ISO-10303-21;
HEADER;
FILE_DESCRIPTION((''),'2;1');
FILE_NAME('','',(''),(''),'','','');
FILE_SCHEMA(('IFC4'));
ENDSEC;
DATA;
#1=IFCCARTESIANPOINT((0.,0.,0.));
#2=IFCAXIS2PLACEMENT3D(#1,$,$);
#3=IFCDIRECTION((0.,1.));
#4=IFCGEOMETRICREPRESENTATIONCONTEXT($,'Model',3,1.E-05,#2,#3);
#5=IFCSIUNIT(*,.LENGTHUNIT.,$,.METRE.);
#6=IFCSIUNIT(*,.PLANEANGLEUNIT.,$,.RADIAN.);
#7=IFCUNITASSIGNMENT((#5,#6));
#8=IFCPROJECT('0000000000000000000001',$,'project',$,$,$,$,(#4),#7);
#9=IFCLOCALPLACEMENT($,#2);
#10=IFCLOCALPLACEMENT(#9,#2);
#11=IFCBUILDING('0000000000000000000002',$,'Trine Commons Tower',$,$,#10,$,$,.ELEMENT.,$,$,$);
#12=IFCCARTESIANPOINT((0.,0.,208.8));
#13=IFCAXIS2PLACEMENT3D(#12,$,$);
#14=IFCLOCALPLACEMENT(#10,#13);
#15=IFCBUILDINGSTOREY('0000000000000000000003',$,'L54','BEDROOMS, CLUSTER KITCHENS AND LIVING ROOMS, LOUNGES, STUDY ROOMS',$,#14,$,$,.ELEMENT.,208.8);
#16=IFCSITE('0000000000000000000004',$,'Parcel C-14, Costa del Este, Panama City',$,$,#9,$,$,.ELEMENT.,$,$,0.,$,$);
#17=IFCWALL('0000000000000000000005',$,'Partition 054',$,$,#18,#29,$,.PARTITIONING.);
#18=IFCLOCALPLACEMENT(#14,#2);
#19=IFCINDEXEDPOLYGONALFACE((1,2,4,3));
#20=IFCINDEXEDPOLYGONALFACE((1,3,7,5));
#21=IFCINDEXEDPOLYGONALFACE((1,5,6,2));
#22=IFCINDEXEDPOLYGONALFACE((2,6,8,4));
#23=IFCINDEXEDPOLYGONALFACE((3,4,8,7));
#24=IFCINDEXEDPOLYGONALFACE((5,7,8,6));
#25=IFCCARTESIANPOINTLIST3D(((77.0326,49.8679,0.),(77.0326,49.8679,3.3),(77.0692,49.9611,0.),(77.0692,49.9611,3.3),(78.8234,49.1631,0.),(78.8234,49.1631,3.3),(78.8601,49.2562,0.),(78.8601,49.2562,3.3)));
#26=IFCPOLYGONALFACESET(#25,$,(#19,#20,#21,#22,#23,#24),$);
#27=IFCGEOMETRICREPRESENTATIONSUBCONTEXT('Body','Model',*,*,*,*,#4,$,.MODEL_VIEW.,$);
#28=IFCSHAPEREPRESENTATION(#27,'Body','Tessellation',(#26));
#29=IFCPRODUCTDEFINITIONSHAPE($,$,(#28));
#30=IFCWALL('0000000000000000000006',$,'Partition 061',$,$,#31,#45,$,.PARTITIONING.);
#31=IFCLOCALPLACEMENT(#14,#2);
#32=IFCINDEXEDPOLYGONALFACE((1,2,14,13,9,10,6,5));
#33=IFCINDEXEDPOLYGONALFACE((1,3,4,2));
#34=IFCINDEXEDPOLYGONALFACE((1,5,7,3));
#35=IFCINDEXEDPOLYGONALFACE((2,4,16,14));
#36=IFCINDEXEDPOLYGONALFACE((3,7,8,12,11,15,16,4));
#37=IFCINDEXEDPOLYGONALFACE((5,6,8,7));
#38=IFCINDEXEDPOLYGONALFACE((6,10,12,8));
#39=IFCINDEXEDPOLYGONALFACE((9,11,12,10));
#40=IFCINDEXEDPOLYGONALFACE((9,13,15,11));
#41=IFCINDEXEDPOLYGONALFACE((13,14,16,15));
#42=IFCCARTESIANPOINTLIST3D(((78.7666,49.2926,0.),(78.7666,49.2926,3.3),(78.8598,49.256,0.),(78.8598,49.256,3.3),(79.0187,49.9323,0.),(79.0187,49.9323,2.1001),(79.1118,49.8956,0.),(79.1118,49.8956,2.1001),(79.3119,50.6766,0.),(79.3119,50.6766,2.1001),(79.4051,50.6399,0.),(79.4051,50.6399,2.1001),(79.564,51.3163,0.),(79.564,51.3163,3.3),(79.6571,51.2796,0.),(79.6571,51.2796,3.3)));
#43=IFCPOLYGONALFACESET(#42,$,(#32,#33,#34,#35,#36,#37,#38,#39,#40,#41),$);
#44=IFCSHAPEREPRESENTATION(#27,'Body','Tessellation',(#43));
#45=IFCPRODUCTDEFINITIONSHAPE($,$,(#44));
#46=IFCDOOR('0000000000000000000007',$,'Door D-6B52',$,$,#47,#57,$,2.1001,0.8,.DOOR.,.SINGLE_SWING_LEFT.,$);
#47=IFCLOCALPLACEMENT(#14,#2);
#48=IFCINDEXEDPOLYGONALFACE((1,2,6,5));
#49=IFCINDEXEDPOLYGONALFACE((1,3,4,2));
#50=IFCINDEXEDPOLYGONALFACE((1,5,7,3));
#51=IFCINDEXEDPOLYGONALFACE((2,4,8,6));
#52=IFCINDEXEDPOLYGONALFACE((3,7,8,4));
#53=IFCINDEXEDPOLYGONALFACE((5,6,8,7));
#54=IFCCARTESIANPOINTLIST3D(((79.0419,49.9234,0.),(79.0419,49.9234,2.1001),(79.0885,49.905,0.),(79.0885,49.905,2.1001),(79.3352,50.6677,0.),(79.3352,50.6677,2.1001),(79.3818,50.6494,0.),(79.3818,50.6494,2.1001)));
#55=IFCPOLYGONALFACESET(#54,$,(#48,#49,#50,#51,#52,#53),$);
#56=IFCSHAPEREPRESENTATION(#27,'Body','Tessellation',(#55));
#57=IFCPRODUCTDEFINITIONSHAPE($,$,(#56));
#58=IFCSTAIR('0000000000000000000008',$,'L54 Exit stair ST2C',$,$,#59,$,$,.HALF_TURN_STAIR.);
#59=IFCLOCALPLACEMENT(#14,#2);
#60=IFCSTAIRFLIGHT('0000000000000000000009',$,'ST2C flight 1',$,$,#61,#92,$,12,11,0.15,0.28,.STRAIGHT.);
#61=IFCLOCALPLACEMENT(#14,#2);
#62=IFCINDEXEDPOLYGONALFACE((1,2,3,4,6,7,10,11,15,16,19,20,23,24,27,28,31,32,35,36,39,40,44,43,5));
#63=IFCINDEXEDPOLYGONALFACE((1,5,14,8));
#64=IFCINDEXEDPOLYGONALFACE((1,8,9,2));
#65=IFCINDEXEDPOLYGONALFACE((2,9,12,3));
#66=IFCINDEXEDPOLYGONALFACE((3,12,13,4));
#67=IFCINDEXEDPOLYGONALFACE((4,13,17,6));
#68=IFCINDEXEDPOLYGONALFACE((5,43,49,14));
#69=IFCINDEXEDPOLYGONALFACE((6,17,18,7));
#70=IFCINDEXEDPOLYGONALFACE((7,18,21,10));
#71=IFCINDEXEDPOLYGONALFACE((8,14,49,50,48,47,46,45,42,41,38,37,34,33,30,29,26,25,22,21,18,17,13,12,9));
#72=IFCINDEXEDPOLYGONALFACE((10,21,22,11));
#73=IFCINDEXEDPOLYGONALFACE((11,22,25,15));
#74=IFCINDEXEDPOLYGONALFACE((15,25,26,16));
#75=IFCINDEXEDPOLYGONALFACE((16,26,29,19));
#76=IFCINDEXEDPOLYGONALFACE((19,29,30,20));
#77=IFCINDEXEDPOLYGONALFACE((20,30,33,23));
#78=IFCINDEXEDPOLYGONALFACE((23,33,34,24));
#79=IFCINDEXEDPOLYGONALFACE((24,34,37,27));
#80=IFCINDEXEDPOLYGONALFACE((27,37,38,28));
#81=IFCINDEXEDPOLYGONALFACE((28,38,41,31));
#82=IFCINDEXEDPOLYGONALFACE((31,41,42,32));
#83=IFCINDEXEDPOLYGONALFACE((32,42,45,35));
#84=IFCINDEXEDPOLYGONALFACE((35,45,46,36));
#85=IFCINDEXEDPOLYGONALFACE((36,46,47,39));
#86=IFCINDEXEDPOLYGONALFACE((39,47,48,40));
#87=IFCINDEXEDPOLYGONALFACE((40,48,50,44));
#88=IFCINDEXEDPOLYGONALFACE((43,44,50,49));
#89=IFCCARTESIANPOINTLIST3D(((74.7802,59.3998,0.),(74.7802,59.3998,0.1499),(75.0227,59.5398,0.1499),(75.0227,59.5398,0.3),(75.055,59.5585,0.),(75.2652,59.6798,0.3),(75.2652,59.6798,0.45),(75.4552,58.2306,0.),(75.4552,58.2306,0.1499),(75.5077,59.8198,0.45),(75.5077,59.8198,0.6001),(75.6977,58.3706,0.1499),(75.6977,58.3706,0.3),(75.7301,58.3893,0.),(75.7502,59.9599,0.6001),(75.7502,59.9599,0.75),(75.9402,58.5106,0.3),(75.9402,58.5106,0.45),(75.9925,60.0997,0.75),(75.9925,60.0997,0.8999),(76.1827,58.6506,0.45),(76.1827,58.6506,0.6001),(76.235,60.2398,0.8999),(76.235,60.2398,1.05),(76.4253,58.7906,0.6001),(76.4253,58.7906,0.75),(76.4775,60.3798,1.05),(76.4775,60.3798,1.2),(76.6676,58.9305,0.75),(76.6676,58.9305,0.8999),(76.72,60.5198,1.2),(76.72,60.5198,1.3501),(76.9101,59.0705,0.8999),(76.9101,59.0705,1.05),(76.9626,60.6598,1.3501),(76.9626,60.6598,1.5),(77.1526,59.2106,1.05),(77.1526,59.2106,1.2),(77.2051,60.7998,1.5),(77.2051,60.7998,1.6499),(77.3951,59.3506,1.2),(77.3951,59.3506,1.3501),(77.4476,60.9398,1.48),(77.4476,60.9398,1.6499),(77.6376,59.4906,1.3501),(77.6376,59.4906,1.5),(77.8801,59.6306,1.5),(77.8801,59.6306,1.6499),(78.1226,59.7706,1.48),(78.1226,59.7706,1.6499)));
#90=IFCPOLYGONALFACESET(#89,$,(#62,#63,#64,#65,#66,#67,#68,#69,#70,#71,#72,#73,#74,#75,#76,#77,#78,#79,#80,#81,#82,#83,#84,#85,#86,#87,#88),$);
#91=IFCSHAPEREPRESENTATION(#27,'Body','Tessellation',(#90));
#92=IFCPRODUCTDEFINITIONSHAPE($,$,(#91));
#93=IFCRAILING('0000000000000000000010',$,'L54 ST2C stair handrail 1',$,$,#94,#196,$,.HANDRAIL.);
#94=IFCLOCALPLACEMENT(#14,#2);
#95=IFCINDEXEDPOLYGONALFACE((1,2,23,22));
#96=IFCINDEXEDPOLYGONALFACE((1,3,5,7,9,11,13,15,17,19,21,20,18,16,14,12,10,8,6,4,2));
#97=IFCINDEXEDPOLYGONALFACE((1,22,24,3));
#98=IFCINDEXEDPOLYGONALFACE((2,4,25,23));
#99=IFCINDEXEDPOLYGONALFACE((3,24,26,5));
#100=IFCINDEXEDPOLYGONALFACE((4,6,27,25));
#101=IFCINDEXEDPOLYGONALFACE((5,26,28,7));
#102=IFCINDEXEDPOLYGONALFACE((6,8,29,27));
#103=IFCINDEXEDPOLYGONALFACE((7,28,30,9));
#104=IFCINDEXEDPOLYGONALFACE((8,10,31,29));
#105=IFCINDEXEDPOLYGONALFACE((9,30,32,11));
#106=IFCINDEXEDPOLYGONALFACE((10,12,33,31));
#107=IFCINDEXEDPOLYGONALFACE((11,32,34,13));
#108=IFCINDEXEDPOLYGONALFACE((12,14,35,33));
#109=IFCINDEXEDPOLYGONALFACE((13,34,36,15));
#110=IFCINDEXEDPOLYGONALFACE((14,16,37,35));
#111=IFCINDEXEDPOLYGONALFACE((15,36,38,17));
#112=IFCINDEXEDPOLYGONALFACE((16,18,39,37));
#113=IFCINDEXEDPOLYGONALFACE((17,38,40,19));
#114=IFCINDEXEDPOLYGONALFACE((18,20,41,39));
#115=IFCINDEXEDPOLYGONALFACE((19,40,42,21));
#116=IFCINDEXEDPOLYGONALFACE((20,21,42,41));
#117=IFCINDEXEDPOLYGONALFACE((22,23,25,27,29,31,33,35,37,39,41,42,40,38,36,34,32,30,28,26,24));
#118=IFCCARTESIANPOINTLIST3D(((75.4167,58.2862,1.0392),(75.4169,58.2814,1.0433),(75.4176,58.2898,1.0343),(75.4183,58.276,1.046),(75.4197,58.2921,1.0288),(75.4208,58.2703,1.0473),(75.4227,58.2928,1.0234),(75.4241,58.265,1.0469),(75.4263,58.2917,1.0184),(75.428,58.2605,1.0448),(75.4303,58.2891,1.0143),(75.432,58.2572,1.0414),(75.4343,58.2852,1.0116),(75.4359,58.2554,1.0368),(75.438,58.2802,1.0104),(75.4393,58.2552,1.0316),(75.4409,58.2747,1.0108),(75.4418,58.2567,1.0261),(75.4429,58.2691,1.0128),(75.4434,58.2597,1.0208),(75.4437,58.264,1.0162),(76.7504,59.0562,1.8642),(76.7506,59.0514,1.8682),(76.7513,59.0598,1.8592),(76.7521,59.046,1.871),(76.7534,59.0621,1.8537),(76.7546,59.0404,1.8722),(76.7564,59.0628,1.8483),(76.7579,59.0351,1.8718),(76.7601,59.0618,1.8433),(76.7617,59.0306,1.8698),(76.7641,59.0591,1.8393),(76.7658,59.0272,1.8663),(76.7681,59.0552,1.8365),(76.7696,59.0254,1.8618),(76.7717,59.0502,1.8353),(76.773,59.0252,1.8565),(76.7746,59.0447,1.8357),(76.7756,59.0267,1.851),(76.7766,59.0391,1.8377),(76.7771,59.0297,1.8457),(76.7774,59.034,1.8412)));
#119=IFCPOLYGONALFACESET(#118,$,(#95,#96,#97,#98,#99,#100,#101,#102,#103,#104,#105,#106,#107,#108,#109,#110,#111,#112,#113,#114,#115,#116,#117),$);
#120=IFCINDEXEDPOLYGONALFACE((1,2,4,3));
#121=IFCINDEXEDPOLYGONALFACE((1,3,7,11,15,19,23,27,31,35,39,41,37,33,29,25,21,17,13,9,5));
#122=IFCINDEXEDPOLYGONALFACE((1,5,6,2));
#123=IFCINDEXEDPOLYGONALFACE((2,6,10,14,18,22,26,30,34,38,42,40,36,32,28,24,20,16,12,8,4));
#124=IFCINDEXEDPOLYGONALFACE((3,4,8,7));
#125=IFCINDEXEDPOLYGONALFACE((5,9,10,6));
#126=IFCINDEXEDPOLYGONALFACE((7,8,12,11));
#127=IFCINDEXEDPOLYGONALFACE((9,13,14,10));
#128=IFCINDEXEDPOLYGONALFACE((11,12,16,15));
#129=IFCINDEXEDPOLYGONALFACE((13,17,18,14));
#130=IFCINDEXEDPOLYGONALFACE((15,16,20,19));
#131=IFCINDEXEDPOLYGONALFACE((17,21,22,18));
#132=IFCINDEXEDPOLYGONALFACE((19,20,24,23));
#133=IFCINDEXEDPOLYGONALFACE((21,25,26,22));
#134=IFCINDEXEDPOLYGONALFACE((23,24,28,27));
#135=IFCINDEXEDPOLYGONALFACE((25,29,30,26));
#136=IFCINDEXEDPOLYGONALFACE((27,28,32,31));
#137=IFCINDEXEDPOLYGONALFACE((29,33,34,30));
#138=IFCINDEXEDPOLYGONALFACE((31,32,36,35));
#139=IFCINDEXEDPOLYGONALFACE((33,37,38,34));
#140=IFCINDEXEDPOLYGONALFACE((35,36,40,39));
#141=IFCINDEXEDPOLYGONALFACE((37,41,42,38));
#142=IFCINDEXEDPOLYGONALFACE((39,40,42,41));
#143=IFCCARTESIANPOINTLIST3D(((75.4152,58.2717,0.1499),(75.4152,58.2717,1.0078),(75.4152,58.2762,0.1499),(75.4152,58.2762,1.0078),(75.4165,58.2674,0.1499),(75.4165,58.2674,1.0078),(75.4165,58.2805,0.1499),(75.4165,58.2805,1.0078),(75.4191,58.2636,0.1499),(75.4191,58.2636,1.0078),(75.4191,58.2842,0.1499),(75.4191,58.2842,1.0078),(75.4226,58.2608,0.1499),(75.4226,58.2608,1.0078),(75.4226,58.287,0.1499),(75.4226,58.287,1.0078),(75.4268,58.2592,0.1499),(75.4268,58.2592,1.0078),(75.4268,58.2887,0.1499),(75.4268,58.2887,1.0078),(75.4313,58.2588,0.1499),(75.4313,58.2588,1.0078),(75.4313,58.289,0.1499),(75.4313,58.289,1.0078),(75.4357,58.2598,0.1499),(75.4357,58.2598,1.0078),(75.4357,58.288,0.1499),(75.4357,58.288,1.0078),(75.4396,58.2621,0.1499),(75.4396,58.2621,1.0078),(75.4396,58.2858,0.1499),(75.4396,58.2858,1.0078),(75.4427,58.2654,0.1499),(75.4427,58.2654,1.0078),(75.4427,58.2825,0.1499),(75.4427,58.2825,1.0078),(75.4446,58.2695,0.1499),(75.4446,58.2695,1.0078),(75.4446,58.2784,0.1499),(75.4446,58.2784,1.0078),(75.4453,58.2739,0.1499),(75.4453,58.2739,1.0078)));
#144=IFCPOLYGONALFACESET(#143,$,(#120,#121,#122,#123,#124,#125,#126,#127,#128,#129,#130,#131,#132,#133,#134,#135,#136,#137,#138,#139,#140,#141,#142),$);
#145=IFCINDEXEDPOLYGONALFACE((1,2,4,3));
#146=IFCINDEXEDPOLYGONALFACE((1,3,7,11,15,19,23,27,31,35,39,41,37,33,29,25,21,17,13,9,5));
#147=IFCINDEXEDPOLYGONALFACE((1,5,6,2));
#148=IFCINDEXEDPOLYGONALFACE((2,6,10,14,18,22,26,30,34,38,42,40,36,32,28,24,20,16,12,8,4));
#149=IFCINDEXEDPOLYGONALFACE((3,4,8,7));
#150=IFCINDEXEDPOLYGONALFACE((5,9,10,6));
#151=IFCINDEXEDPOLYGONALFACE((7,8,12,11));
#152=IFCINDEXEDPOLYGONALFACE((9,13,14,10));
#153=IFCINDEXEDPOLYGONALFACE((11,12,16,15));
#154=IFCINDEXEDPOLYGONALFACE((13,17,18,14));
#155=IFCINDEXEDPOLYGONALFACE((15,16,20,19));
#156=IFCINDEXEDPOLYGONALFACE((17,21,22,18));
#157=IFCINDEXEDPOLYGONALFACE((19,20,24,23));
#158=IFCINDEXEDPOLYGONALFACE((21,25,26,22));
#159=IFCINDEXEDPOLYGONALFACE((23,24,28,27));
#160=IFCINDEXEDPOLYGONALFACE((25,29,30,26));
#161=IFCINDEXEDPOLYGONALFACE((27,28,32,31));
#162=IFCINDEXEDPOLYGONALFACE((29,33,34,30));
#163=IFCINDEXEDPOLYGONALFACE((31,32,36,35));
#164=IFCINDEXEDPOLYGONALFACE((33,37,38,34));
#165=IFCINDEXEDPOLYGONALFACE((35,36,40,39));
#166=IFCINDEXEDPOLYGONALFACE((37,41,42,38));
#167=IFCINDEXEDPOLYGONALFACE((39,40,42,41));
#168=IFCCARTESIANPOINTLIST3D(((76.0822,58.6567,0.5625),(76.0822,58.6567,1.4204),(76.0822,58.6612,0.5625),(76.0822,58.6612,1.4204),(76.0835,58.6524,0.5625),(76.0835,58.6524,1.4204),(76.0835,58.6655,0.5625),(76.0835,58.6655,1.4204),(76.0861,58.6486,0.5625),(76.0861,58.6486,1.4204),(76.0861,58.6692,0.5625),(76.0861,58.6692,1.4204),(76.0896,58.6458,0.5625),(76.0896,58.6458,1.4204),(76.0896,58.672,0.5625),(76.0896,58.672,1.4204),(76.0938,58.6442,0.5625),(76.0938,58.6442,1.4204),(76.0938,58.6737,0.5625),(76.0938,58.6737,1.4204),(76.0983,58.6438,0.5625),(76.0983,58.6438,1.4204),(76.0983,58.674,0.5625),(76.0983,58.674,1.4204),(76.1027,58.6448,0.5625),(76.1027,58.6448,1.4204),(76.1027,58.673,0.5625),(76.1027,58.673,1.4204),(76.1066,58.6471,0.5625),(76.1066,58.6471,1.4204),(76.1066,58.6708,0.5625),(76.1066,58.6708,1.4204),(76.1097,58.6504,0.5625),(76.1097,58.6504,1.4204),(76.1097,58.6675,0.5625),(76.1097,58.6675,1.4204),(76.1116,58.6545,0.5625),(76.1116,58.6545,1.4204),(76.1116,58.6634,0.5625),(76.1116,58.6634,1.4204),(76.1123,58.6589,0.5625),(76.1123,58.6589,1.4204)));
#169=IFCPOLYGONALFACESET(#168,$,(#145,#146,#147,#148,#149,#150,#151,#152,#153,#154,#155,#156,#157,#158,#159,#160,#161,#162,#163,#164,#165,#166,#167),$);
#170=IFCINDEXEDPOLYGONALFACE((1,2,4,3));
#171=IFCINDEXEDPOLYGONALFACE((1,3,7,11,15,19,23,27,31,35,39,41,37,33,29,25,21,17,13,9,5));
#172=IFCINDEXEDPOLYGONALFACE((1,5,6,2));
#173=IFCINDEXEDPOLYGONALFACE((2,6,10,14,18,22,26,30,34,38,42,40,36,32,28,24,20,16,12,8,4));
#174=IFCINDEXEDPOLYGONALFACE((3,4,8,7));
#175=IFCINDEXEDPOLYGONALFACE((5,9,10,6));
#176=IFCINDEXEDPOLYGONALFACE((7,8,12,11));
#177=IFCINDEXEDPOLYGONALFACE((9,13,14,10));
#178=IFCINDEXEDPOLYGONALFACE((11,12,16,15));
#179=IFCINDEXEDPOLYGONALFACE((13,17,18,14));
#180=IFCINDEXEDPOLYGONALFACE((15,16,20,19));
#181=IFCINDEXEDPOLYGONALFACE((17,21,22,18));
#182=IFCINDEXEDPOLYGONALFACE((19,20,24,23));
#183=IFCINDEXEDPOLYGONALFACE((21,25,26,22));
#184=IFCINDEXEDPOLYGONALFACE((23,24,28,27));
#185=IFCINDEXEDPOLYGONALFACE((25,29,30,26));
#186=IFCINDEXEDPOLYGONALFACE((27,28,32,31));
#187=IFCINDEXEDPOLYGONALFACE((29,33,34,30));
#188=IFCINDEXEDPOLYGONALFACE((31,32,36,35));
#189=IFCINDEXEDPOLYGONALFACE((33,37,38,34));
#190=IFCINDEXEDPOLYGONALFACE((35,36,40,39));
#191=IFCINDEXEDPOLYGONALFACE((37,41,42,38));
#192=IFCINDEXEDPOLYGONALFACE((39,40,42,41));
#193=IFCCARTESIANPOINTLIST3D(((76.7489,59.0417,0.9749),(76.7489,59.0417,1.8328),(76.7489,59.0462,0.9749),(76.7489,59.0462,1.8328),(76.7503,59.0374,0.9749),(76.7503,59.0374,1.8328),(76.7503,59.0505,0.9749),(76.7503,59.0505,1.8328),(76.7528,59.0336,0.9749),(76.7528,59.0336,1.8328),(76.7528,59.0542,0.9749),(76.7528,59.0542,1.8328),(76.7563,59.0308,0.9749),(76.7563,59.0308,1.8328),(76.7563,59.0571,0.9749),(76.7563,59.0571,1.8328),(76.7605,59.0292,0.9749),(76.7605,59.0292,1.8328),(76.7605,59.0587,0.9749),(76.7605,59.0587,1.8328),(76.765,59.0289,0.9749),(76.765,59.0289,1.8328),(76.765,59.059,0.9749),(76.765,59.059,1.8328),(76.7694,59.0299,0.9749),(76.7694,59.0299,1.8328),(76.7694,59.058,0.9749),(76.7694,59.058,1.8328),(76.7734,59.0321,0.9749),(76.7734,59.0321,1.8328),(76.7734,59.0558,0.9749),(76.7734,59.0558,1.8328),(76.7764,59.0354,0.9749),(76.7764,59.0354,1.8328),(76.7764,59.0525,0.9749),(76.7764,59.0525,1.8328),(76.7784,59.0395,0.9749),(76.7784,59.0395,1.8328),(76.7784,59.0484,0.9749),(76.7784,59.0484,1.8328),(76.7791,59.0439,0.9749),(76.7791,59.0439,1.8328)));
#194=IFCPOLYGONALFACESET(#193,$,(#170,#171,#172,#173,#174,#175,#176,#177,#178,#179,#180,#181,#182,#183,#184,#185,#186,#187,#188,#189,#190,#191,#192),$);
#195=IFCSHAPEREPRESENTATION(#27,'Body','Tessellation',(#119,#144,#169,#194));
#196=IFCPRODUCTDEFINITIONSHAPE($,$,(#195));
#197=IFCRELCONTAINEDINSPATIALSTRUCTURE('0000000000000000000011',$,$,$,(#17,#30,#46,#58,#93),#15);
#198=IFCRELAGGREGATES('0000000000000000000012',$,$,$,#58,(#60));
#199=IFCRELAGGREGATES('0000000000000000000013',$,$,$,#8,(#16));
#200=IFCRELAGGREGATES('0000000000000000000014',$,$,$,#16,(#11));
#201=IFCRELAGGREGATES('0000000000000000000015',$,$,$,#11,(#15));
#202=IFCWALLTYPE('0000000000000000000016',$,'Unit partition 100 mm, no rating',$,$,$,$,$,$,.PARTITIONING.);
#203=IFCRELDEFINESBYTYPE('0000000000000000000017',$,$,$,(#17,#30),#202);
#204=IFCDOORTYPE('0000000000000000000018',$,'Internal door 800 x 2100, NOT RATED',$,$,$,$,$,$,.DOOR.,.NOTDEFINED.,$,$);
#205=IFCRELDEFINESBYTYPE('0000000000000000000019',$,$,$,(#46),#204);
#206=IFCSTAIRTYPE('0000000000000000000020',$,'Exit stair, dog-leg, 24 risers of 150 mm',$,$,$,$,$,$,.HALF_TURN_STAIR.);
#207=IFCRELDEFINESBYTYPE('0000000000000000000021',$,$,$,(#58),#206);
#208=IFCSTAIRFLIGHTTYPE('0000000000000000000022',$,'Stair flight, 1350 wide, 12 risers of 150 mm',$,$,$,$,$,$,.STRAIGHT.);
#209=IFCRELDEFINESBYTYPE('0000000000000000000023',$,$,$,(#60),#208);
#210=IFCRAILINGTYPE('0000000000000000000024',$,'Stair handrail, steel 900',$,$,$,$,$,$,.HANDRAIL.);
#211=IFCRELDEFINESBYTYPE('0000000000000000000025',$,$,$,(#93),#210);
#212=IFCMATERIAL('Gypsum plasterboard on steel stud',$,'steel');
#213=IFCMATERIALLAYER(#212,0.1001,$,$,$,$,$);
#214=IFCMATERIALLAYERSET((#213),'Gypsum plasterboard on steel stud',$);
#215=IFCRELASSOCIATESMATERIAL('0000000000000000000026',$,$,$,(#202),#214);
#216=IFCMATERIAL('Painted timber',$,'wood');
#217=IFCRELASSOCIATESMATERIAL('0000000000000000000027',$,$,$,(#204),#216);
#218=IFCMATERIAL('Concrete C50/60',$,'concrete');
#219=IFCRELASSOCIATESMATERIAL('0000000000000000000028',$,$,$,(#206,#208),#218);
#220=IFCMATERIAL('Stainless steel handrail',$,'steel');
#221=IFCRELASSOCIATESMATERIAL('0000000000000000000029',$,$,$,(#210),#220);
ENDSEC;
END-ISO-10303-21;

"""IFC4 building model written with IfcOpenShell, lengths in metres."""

from ifc_helpers import new_model, si_unit, direction, frame, frame_2d, origin, origin_2d, place, context, subcontext, project, spatial, polyline, rectangle, circle, outline, extrude, material, layer, layer_set, type_object, element, fill, aggregate, save


model = new_model("IFC4")

# Units and contexts
model_context = context("Model", 3, precision=1e-05, world=origin(), true_north=direction((0.0, 1.0)))
body_context = subcontext(model_context, "Body", "Model", "MODEL_VIEW")
ifc_project = project(units=[si_unit("LENGTHUNIT", "METRE"), si_unit("PLANEANGLEUNIT", "RADIAN")], contexts=[model_context])

# Site, building, storey
site_placement = place(None, origin())
site = spatial("IfcSite", under=ifc_project, at=site_placement, Name="Parcel C-14, Costa del Este, Panama City", CompositionType="ELEMENT", RefElevation=0.0)
building_placement = place(site_placement, origin())
building = spatial("IfcBuilding", under=site, at=building_placement, Name="Trine Commons Tower", CompositionType="ELEMENT")
storey_placement = place(building_placement, frame((0.0, 0.0, 208.8)))
storey = spatial("IfcBuildingStorey", under=building, at=storey_placement, Name="L54", Description="BEDROOMS, CLUSTER KITCHENS AND LIVING ROOMS, LOUNGES, STUDY ROOMS", CompositionType="ELEMENT", Elevation=208.8)

# Shared definitions
ifc_material_1 = material(Name="Gypsum plasterboard on steel stud", Category="steel")

# Shared definitions
ifc_layer_1 = layer(ifc_material_1, 0.1001)
ifc_layer_set_1 = layer_set([ifc_layer_1], Name="Gypsum plasterboard on steel stud")
wall_type_1 = type_object("IfcWallType", Name="Unit partition 100 mm, no rating", PredefinedType="PARTITIONING", material=ifc_layer_set_1)
ifc_material_2 = material(Name="Painted timber", Category="wood")
door_type_1 = type_object("IfcDoorType", Name="Internal door 800 x 2100, NOT RATED", OperationType="NOTDEFINED", PredefinedType="DOOR", material=ifc_material_2)

# Wall
wall_1_placement = place(storey_placement, frame((77.0508, 49.9146, 0.0), z_axis=(0.0, 0.0, 1.0), x_axis=(0.930518, -0.366245, 0.0)))
element("IfcWall", 1, at=wall_1_placement, inside=storey, type_object=wall_type_1, Name="Partition 054", PredefinedType="PARTITIONING", context=body_context, shape_type="SweptSolid", body=[
    extrude(rectangle(XDim=1.9246, YDim=0.1001, at=frame_2d((0.9624, 0.0))), origin(), (0.0, 0.0, 1.0), 3.3),
])

# Wall, opening, door
wall_2_placement = place(storey_placement, frame((78.8132, 49.2744, 0.0), z_axis=(0.0, 0.0, 1.0), x_axis=(0.366586, 0.930384, 0.0)))
wall_2 = element("IfcWall", 2, at=wall_2_placement, inside=storey, type_object=wall_type_1, Name="Partition 061", PredefinedType="PARTITIONING", context=body_context, shape_type="SweptSolid", body=[
    extrude(rectangle(XDim=2.175, YDim=0.1001, at=frame_2d((1.0874, 0.0))), origin(), (0.0, 0.0, 1.0), 3.3),
])
opening_1_placement = place(wall_2_placement, frame((0.6875, 0.0, 0.0)))
opening_1 = element("IfcOpeningElement", 3, at=opening_1_placement, cuts=wall_2, PredefinedType="OPENING", context=body_context, shape_type="SweptSolid", body=[
    extrude(rectangle(XDim=0.8, YDim=2.1001, at=frame_2d((0.3999, 1.05))), frame((0.0, 0.0601, 0.0), z_axis=(0.0, -1.0, 0.0), x_axis=(1.0, 0.0, 0.0)), (0.0, 0.0, 1.0), 0.1201),
])
door_1_placement = place(opening_1_placement, frame((0.8, 0.0, 0.0), z_axis=(0.0, 0.0, 1.0), x_axis=(-1.0, 0.0, 0.0)))
door_1 = element("IfcDoor", 4, at=door_1_placement, inside=storey, type_object=door_type_1, Name="Door D-6B52", OperationType="SINGLE_SWING_LEFT", OverallHeight=2.1001, OverallWidth=0.8, PredefinedType="DOOR", context=body_context, shape_type="SweptSolid", body=[
    extrude(rectangle(XDim=0.8, YDim=2.1001, at=frame_2d((0.3999, 1.05))), frame((0.0, 0.0249, 0.0), z_axis=(0.0, -1.0, 0.0), x_axis=(1.0, 0.0, 0.0)), (0.0, 0.0, 1.0), 0.05),
])
fill(opening_1, door_1)

# Stair, stair flight
ifc_material_3 = material(Name="Concrete C50/60", Category="concrete")
stair_type = type_object("IfcStairType", Name="Exit stair, dog-leg, 24 risers of 150 mm", PredefinedType="HALF_TURN_STAIR", material=ifc_material_3)
stair_placement = place(storey_placement, origin())
stair = element("IfcStair", 5, at=stair_placement, inside=storey, type_object=stair_type, Name="L54 Exit stair ST2C", PredefinedType="HALF_TURN_STAIR")
stair_flight_type = type_object("IfcStairFlightType", Name="Stair flight, 1350 wide, 12 risers of 150 mm", PredefinedType="STRAIGHT", material=ifc_material_3)
stair_flight_placement = place(storey_placement, frame((75.1177, 58.8152, 0.0), z_axis=(0.0, 0.0, 1.0), x_axis=(0.866025, 0.5, 0.0)))
stair_flight = element("IfcStairFlight", 6, at=stair_flight_placement, type_object=stair_flight_type, Name="ST2C flight 1", NumberOfRisers=12, NumberOfTreads=11, PredefinedType="STRAIGHT", RiserHeight=0.15, TreadLength=0.28, context=body_context, shape_type="SweptSolid", body=[
    extrude(outline(polyline([(0.0, 0.0), (0.0, 0.1499), (0.28, 0.1499), (0.28, 0.3), (0.5601, 0.3), (0.5601, 0.45), (0.8401, 0.45), (0.8401, 0.6001), (1.1201, 0.6001), (1.1201, 0.75), (1.3999, 0.75), (1.3999, 0.8999), (1.6799, 0.8999), (1.6799, 1.05), (1.96, 1.05), (1.96, 1.2), (2.24, 1.2), (2.24, 1.3501), (2.52, 1.3501), (2.52, 1.5), (2.8, 1.5), (2.8, 1.6499), (3.0801, 1.6499), (3.0801, 1.8), (3.0801, 1.48), (0.3174, 0.0), (0.0, 0.0)])), frame((0.0, 0.675, 0.0), z_axis=(0.0, -1.0, 0.0), x_axis=(1.0, 0.0, 0.0)), (0.0, 0.0, 1.0), 1.3501),
])
aggregate(stair, [stair_flight])

# Railing
ifc_material_4 = material(Name="Stainless steel handrail", Category="steel")
railing_type = type_object("IfcRailingType", Name="Stair handrail, steel 900", PredefinedType="HANDRAIL", material=ifc_material_4)
railing_placement = place(storey_placement, frame((75.4302, 58.2739, 0.1499)))
element("IfcRailing", 7, at=railing_placement, inside=storey, type_object=railing_type, Name="L54 ST2C stair handrail 1", PredefinedType="HANDRAIL", context=body_context, shape_type="SweptSolid", body=[
    extrude(circle(Radius=0.021, at=origin_2d()), frame((0.0, 0.0, 0.8789), z_axis=(0.763405, 0.440743, 0.472185), x_axis=(-0.499992, 0.86603, 0.0)), (0.0, 0.0, 1.0), 1.7471),
    extrude(circle(Radius=0.0151, at=origin_2d()), origin(), (0.0, 0.0, 1.0), 0.8579),
    extrude(circle(Radius=0.0151, at=origin_2d()), frame((0.667, 0.385, 0.4126)), (0.0, 0.0, 1.0), 0.8579),
    extrude(circle(Radius=0.0151, at=origin_2d()), frame((1.3337, 0.77, 0.825)), (0.0, 0.0, 1.0), 0.8579),
])

save(model, "model.ifc")
